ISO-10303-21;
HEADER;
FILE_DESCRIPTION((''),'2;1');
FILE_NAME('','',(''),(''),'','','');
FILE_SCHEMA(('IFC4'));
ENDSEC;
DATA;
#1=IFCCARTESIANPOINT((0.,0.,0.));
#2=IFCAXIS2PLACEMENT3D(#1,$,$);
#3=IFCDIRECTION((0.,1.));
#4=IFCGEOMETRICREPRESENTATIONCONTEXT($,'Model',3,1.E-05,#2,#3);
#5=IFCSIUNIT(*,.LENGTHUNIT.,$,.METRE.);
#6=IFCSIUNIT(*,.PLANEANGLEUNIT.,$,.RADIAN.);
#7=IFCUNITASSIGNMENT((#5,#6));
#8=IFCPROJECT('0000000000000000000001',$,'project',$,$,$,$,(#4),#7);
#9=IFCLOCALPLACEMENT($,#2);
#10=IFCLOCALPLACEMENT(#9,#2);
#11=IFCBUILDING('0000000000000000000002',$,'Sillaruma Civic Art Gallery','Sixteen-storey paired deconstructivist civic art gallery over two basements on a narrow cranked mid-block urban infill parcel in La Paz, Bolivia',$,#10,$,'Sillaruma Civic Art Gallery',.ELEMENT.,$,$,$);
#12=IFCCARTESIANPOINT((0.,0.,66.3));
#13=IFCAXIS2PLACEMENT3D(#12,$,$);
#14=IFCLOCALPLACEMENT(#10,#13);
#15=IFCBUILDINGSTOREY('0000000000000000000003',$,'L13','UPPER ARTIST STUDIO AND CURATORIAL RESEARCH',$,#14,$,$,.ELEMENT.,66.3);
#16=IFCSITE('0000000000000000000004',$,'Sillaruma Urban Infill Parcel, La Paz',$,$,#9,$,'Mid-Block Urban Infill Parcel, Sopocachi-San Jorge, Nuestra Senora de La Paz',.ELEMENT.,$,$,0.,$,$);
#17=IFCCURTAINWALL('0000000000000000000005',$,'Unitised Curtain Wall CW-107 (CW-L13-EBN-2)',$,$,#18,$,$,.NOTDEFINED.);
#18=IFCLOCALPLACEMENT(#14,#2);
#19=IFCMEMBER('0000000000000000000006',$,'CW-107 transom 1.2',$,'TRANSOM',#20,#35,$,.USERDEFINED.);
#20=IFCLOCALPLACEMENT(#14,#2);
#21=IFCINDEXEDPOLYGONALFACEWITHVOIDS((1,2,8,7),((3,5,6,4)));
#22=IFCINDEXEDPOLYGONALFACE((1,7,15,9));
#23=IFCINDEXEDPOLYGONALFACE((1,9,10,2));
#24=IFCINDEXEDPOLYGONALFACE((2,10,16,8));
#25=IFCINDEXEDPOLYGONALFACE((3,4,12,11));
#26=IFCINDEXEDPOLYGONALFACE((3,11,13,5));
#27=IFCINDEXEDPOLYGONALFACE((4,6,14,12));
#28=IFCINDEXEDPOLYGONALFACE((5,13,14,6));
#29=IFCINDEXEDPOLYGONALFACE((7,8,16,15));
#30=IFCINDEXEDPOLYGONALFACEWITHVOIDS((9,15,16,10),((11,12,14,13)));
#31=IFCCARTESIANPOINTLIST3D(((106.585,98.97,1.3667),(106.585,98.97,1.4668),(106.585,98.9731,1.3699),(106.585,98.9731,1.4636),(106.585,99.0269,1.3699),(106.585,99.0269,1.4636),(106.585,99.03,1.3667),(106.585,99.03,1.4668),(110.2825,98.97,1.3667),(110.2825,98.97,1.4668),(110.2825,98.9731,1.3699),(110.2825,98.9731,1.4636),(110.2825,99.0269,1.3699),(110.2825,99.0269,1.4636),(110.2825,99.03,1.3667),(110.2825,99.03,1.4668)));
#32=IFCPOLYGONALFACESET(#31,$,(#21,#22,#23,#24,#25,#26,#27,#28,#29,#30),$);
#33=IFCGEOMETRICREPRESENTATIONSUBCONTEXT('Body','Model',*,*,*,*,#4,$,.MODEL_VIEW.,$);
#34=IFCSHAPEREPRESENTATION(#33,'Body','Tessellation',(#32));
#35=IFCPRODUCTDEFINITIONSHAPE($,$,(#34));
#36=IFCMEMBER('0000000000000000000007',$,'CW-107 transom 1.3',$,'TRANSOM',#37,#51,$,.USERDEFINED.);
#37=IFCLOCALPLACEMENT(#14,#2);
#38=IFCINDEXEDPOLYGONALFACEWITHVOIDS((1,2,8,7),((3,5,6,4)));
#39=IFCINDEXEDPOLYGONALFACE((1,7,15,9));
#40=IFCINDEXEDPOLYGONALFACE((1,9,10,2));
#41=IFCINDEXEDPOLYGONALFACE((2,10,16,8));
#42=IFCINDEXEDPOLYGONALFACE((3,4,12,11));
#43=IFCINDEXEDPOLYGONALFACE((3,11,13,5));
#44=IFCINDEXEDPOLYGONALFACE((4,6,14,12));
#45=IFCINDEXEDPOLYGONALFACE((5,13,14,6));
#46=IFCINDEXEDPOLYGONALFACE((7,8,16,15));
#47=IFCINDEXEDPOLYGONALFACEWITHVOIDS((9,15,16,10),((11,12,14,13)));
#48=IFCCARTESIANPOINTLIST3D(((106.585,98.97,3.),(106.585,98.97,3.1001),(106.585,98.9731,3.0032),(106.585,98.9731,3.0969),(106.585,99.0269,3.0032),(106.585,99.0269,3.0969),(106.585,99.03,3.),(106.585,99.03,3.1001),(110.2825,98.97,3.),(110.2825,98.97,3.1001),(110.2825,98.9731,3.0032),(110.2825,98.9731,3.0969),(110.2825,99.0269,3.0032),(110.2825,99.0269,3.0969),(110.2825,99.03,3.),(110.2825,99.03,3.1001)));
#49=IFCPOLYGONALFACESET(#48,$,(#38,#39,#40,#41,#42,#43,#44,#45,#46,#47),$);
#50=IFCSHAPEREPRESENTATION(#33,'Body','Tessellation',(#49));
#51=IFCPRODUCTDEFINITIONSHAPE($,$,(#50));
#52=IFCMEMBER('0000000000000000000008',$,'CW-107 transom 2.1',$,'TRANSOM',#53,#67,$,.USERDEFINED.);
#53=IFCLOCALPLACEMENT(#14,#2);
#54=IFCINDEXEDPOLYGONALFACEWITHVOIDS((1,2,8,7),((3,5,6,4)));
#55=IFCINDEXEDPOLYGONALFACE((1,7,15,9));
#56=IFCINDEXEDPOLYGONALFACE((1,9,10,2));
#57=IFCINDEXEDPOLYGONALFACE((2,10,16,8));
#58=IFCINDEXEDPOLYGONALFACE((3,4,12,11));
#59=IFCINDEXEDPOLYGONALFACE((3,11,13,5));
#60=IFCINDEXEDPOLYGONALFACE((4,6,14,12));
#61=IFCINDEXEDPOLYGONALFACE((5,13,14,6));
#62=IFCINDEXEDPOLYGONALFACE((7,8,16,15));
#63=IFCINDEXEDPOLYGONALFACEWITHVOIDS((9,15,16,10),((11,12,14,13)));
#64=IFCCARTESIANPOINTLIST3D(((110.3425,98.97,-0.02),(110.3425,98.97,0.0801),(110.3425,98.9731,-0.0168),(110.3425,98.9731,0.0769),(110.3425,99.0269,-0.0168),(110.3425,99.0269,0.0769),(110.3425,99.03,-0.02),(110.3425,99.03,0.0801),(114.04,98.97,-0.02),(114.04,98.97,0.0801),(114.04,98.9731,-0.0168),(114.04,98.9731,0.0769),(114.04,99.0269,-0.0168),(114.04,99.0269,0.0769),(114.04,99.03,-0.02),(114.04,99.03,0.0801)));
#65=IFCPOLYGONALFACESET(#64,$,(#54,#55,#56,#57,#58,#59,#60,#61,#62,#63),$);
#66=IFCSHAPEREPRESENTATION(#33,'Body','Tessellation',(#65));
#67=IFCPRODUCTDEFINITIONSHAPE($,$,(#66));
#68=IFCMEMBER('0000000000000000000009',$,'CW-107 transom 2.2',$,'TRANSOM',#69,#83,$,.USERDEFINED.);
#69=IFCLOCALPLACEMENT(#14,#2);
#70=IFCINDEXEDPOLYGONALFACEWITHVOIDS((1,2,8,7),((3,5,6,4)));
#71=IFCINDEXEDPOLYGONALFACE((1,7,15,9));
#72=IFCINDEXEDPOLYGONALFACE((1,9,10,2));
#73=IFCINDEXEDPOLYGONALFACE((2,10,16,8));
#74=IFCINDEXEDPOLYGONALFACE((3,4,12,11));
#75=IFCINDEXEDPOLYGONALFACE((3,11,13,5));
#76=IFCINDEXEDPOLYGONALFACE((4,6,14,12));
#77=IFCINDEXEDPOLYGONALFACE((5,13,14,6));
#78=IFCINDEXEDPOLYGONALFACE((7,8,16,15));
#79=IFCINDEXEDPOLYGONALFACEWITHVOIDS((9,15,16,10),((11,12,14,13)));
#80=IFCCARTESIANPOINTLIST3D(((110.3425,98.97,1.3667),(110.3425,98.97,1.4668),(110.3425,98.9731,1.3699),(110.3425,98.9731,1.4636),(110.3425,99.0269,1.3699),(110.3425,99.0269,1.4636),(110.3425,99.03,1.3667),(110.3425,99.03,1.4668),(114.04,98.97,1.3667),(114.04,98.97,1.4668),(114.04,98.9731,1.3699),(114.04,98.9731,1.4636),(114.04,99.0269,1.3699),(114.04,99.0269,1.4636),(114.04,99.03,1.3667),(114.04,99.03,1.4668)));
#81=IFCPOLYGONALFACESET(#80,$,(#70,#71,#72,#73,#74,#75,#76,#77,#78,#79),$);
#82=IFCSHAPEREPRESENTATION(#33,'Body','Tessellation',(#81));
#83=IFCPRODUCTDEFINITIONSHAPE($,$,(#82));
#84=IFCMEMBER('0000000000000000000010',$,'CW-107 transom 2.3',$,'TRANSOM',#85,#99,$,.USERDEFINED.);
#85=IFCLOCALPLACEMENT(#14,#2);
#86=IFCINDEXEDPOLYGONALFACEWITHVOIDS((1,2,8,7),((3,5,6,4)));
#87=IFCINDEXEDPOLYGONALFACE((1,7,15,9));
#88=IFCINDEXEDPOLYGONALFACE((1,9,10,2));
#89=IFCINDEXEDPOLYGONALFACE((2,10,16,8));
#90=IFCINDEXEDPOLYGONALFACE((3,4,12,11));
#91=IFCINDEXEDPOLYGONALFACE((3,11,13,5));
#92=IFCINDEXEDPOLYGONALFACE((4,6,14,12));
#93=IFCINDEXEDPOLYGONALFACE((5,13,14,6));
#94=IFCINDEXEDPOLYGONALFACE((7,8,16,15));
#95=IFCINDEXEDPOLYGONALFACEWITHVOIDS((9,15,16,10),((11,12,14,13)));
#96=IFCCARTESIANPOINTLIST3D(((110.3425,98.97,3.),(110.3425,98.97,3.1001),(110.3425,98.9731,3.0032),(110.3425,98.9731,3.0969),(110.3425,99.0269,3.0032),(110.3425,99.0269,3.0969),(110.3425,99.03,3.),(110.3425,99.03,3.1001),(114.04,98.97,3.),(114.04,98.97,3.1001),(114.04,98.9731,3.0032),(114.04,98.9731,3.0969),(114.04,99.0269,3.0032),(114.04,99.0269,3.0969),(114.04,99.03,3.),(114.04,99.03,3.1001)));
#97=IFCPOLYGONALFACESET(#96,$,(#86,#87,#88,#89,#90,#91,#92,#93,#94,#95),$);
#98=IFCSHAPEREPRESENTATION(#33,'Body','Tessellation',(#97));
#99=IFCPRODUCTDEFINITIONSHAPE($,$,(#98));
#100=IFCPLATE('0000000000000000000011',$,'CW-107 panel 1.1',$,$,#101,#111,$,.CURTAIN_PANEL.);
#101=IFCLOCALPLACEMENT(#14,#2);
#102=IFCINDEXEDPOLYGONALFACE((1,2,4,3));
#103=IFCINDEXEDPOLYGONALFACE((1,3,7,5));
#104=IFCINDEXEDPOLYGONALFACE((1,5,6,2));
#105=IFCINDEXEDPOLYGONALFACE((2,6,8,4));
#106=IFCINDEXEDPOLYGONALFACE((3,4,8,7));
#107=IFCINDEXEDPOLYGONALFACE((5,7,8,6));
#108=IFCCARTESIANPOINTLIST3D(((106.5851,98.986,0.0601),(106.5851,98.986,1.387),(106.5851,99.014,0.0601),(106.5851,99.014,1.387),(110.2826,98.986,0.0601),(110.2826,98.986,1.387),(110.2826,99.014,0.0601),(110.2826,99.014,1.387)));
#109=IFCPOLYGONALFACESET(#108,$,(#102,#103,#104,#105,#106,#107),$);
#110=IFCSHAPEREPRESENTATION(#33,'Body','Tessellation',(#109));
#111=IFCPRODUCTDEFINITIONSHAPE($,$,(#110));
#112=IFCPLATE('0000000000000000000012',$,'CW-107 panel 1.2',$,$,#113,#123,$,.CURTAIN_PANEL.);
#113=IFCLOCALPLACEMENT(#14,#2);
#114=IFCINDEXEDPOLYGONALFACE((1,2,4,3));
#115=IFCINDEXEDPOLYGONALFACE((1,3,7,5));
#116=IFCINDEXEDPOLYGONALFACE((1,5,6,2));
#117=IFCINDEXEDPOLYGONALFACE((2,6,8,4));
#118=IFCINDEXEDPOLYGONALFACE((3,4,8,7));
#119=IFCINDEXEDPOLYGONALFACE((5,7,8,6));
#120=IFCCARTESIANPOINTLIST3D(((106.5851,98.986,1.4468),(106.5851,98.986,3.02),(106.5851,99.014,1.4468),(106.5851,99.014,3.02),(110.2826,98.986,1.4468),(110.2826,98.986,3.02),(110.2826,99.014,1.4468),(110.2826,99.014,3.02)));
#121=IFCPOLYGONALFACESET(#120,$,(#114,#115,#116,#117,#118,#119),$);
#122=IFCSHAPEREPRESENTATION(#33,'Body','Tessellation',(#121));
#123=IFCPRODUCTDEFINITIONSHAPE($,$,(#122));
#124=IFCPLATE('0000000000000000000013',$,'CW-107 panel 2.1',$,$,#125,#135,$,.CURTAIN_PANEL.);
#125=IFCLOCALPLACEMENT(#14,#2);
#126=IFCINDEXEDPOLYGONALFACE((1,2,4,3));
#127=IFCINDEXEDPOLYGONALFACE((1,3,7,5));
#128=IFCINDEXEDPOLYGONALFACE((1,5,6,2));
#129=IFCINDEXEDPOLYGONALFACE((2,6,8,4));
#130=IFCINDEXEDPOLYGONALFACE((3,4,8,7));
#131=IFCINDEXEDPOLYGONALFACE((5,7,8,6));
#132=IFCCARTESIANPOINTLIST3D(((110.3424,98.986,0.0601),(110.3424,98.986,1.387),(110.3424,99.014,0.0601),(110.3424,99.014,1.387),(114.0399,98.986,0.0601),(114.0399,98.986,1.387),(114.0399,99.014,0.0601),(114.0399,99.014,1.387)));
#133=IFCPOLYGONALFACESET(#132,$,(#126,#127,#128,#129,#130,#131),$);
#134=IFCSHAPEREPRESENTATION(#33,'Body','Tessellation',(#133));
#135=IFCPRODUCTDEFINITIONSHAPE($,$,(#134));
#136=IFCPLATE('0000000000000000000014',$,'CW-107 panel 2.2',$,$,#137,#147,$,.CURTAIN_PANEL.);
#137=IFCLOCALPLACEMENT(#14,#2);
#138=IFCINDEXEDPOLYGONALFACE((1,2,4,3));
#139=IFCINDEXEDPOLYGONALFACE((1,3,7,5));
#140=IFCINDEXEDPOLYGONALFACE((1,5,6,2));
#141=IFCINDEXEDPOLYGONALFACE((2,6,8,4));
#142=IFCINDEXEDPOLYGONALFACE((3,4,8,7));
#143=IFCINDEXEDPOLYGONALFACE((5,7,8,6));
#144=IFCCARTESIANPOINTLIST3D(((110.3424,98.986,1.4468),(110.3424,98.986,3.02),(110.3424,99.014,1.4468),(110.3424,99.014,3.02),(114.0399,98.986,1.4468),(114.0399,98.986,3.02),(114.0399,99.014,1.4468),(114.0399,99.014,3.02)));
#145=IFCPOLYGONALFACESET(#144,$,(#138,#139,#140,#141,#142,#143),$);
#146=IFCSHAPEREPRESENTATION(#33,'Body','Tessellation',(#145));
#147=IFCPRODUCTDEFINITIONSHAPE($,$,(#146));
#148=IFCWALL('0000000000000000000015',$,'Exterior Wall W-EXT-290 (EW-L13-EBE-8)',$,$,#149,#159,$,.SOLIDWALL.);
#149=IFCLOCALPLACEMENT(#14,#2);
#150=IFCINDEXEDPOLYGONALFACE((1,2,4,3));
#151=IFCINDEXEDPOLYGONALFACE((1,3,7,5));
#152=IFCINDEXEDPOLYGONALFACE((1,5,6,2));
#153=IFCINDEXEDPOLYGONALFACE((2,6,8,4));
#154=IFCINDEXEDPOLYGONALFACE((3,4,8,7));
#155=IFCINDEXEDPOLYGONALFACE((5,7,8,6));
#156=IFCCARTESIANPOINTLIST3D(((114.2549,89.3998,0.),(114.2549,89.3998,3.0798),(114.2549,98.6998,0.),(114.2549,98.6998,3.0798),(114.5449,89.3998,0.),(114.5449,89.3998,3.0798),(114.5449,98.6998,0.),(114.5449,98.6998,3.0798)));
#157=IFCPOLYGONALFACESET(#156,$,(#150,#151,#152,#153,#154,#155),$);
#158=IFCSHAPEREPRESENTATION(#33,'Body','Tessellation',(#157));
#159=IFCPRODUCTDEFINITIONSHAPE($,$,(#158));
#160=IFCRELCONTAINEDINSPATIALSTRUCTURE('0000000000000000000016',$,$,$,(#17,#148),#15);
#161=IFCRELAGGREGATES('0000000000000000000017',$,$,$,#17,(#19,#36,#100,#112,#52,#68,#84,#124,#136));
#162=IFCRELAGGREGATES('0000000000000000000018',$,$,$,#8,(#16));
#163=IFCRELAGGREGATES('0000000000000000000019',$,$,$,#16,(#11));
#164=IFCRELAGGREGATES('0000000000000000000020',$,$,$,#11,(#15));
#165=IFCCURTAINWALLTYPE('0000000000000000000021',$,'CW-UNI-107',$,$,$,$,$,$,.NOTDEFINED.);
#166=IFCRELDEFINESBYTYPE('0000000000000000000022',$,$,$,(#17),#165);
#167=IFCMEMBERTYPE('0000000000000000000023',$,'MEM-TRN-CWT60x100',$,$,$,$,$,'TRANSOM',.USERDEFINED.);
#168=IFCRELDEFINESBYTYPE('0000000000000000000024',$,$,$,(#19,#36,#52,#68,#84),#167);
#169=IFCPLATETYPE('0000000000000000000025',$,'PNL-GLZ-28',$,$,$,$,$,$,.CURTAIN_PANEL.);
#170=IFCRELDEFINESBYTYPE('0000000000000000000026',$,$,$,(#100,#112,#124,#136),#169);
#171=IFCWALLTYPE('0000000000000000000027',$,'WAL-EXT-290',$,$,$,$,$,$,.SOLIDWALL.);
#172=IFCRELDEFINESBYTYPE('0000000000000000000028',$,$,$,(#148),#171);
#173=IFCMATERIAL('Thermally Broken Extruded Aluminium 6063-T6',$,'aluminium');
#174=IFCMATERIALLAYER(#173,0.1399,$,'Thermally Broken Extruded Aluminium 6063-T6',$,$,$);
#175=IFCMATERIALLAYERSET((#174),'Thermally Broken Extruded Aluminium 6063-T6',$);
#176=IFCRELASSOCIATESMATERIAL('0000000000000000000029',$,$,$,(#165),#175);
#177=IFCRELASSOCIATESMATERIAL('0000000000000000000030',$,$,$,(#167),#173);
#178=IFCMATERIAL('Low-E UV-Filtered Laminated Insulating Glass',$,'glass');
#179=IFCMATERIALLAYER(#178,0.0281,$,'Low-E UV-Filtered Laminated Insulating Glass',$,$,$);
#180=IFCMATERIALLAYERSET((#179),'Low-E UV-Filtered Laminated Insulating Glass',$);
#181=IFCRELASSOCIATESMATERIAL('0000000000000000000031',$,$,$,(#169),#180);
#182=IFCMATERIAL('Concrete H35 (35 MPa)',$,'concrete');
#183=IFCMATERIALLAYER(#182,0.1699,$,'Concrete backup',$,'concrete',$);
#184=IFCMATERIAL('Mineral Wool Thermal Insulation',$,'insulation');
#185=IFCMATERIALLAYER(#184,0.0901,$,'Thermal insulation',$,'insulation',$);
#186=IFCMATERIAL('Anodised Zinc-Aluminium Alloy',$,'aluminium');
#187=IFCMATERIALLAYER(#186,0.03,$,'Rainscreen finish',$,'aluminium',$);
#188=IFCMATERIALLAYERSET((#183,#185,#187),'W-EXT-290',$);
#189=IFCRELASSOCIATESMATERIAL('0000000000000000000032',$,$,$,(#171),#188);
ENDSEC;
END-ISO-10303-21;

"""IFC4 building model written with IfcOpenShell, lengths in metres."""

from ifc_helpers import new_model, si_unit, direction, frame, frame_2d, origin, origin_2d, place, context, subcontext, project, spatial, rectangle, hollow_rectangle, extrude, material, layer, layer_set, material_profile, profile_set, type_object, element, aggregate, save


model = new_model("IFC4")

# Units and contexts
model_context = context("Model", 3, precision=1e-05, world=origin(), true_north=direction((0.0, 1.0)))
body_context = subcontext(model_context, "Body", "Model", "MODEL_VIEW")
ifc_project = project(units=[si_unit("LENGTHUNIT", "METRE"), si_unit("PLANEANGLEUNIT", "RADIAN")], contexts=[model_context])

# Site, building, storey
site_placement = place(None, origin())
site = spatial("IfcSite", under=ifc_project, at=site_placement, Name="Sillaruma Urban Infill Parcel, La Paz", LongName="Mid-Block Urban Infill Parcel, Sopocachi-San Jorge, Nuestra Senora de La Paz", CompositionType="ELEMENT", RefElevation=0.0)
building_placement = place(site_placement, origin())
building = spatial("IfcBuilding", under=site, at=building_placement, Name="Sillaruma Civic Art Gallery", Description="Sixteen-storey paired deconstructivist civic art gallery over two basements on a narrow cranked mid-block urban infill parcel in La Paz, Bolivia", LongName="Sillaruma Civic Art Gallery", CompositionType="ELEMENT")
storey_placement = place(building_placement, frame((0.0, 0.0, 66.3)))
storey = spatial("IfcBuildingStorey", under=building, at=storey_placement, Name="L13", Description="UPPER ARTIST STUDIO AND CURATORIAL RESEARCH", CompositionType="ELEMENT", Elevation=66.3)

# Shared definitions
ifc_material_1 = material(Name="Concrete H35 (35 MPa)", Category="concrete")

# Curtain wall, members, plates
ifc_material_2 = material(Name="Thermally Broken Extruded Aluminium 6063-T6", Category="aluminium")
ifc_layer_1 = layer(ifc_material_2, 0.1399, Name="Thermally Broken Extruded Aluminium 6063-T6")
ifc_layer_set_1 = layer_set([ifc_layer_1], Name="Thermally Broken Extruded Aluminium 6063-T6")
curtain_wall_type = type_object("IfcCurtainWallType", Name="CW-UNI-107", PredefinedType="NOTDEFINED", material=ifc_layer_set_1)
curtain_wall_placement = place(storey_placement, origin())
curtain_wall = element("IfcCurtainWall", 1, at=curtain_wall_placement, inside=storey, type_object=curtain_wall_type, Name="Unitised Curtain Wall CW-107 (CW-L13-EBN-2)", PredefinedType="NOTDEFINED")
ifc_material_profile_1 = material_profile(ifc_material_2, hollow_rectangle(XDim=0.0601, YDim=0.1001, WallThickness=0.0032, at=origin_2d()), Name="CWT60x100")
ifc_profile_set_1 = profile_set([ifc_material_profile_1], Name="Thermally Broken Extruded Aluminium 6063-T6")
member_type_1 = type_object("IfcMemberType", Name="MEM-TRN-CWT60x100", ElementType="TRANSOM", PredefinedType="USERDEFINED", material=ifc_profile_set_1)
member_1_placement = place(storey_placement, frame((106.585, 99.0, 1.4167), z_axis=(1.0, 0.0, 0.0), x_axis=(0.0, 1.0, 0.0)))
member_1 = element("IfcMember", 2, at=member_1_placement, type_object=member_type_1, Name="CW-107 transom 1.2", ObjectType="TRANSOM", PredefinedType="USERDEFINED", context=body_context, shape_type="SweptSolid", body=[
    extrude(hollow_rectangle(XDim=0.0601, YDim=0.1001, WallThickness=0.0032, at=origin_2d()), origin(), (0.0, 0.0, 1.0), 3.6975),
])
member_2_placement = place(storey_placement, frame((106.585, 99.0, 3.05), z_axis=(1.0, 0.0, 0.0), x_axis=(0.0, 1.0, 0.0)))
member_2 = element("IfcMember", 3, at=member_2_placement, type_object=member_type_1, Name="CW-107 transom 1.3", ObjectType="TRANSOM", PredefinedType="USERDEFINED", context=body_context, shape_type="SweptSolid", body=[
    extrude(hollow_rectangle(XDim=0.0601, YDim=0.1001, WallThickness=0.0032, at=origin_2d()), origin(), (0.0, 0.0, 1.0), 3.6975),
])
member_3_placement = place(storey_placement, frame((110.3425, 99.0, 0.03), z_axis=(1.0, 0.0, 0.0), x_axis=(0.0, 1.0, 0.0)))
member_3 = element("IfcMember", 4, at=member_3_placement, type_object=member_type_1, Name="CW-107 transom 2.1", ObjectType="TRANSOM", PredefinedType="USERDEFINED", context=body_context, shape_type="SweptSolid", body=[
    extrude(hollow_rectangle(XDim=0.0601, YDim=0.1001, WallThickness=0.0032, at=origin_2d()), origin(), (0.0, 0.0, 1.0), 3.6975),
])
member_4_placement = place(storey_placement, frame((110.3425, 99.0, 1.4167), z_axis=(1.0, 0.0, 0.0), x_axis=(0.0, 1.0, 0.0)))
member_4 = element("IfcMember", 5, at=member_4_placement, type_object=member_type_1, Name="CW-107 transom 2.2", ObjectType="TRANSOM", PredefinedType="USERDEFINED", context=body_context, shape_type="SweptSolid", body=[
    extrude(hollow_rectangle(XDim=0.0601, YDim=0.1001, WallThickness=0.0032, at=origin_2d()), origin(), (0.0, 0.0, 1.0), 3.6975),
])
member_5_placement = place(storey_placement, frame((110.3425, 99.0, 3.05), z_axis=(1.0, 0.0, 0.0), x_axis=(0.0, 1.0, 0.0)))
member_5 = element("IfcMember", 6, at=member_5_placement, type_object=member_type_1, Name="CW-107 transom 2.3", ObjectType="TRANSOM", PredefinedType="USERDEFINED", context=body_context, shape_type="SweptSolid", body=[
    extrude(hollow_rectangle(XDim=0.0601, YDim=0.1001, WallThickness=0.0032, at=origin_2d()), origin(), (0.0, 0.0, 1.0), 3.6975),
])
ifc_material_3 = material(Name="Low-E UV-Filtered Laminated Insulating Glass", Category="glass")
ifc_layer_2 = layer(ifc_material_3, 0.0281, Name="Low-E UV-Filtered Laminated Insulating Glass")
ifc_layer_set_2 = layer_set([ifc_layer_2], Name="Low-E UV-Filtered Laminated Insulating Glass")
plate_type = type_object("IfcPlateType", Name="PNL-GLZ-28", PredefinedType="CURTAIN_PANEL", material=ifc_layer_set_2)
plate_1_placement = place(storey_placement, frame((108.4338, 99.0, 0.0601), z_axis=(0.0, 0.0, 1.0), x_axis=(1.0, 0.0, 0.0)))
plate_1 = element("IfcPlate", 7, at=plate_1_placement, type_object=plate_type, Name="CW-107 panel 1.1", PredefinedType="CURTAIN_PANEL", context=body_context, shape_type="SweptSolid", body=[
    extrude(rectangle(XDim=3.6975, YDim=0.0281, at=origin_2d()), origin(), (0.0, 0.0, 1.0), 1.3269),
])
plate_2_placement = place(storey_placement, frame((108.4338, 99.0, 1.4468), z_axis=(0.0, 0.0, 1.0), x_axis=(1.0, 0.0, 0.0)))
plate_2 = element("IfcPlate", 8, at=plate_2_placement, type_object=plate_type, Name="CW-107 panel 1.2", PredefinedType="CURTAIN_PANEL", context=body_context, shape_type="SweptSolid", body=[
    extrude(rectangle(XDim=3.6975, YDim=0.0281, at=origin_2d()), origin(), (0.0, 0.0, 1.0), 1.5732),
])
plate_3_placement = place(storey_placement, frame((112.1912, 99.0, 0.0601), z_axis=(0.0, 0.0, 1.0), x_axis=(1.0, 0.0, 0.0)))
plate_3 = element("IfcPlate", 9, at=plate_3_placement, type_object=plate_type, Name="CW-107 panel 2.1", PredefinedType="CURTAIN_PANEL", context=body_context, shape_type="SweptSolid", body=[
    extrude(rectangle(XDim=3.6975, YDim=0.0281, at=origin_2d()), origin(), (0.0, 0.0, 1.0), 1.3269),
])
plate_4_placement = place(storey_placement, frame((112.1912, 99.0, 1.4468), z_axis=(0.0, 0.0, 1.0), x_axis=(1.0, 0.0, 0.0)))
plate_4 = element("IfcPlate", 10, at=plate_4_placement, type_object=plate_type, Name="CW-107 panel 2.2", PredefinedType="CURTAIN_PANEL", context=body_context, shape_type="SweptSolid", body=[
    extrude(rectangle(XDim=3.6975, YDim=0.0281, at=origin_2d()), origin(), (0.0, 0.0, 1.0), 1.5732),
])
aggregate(curtain_wall, [member_1, member_2, plate_1, plate_2, member_3, member_4, member_5, plate_3, plate_4])

# Wall
ifc_layer_3 = layer(ifc_material_1, 0.1699, Name="Concrete backup", Category="concrete")
ifc_material_4 = material(Name="Mineral Wool Thermal Insulation", Category="insulation")
ifc_layer_4 = layer(ifc_material_4, 0.0901, Name="Thermal insulation", Category="insulation")
ifc_material_5 = material(Name="Anodised Zinc-Aluminium Alloy", Category="aluminium")
ifc_layer_5 = layer(ifc_material_5, 0.03, Name="Rainscreen finish", Category="aluminium")
ifc_layer_set_3 = layer_set([ifc_layer_3, ifc_layer_4, ifc_layer_5], Name="W-EXT-290")
wall_type_1 = type_object("IfcWallType", Name="WAL-EXT-290", PredefinedType="SOLIDWALL", material=ifc_layer_set_3)
wall_1_placement = place(storey_placement, frame((114.3999, 89.3999, 0.0), z_axis=(0.0, 0.0, 1.0), x_axis=(0.0, 1.0, 0.0)))
element("IfcWall", 11, at=wall_1_placement, inside=storey, type_object=wall_type_1, Name="Exterior Wall W-EXT-290 (EW-L13-EBE-8)", PredefinedType="SOLIDWALL", context=body_context, shape_type="SweptSolid", body=[
    extrude(rectangle(XDim=9.3, YDim=0.29, at=frame_2d((4.6499, 0.0))), origin(), (0.0, 0.0, 1.0), 3.0798),
])

save(model, "model.ifc")
